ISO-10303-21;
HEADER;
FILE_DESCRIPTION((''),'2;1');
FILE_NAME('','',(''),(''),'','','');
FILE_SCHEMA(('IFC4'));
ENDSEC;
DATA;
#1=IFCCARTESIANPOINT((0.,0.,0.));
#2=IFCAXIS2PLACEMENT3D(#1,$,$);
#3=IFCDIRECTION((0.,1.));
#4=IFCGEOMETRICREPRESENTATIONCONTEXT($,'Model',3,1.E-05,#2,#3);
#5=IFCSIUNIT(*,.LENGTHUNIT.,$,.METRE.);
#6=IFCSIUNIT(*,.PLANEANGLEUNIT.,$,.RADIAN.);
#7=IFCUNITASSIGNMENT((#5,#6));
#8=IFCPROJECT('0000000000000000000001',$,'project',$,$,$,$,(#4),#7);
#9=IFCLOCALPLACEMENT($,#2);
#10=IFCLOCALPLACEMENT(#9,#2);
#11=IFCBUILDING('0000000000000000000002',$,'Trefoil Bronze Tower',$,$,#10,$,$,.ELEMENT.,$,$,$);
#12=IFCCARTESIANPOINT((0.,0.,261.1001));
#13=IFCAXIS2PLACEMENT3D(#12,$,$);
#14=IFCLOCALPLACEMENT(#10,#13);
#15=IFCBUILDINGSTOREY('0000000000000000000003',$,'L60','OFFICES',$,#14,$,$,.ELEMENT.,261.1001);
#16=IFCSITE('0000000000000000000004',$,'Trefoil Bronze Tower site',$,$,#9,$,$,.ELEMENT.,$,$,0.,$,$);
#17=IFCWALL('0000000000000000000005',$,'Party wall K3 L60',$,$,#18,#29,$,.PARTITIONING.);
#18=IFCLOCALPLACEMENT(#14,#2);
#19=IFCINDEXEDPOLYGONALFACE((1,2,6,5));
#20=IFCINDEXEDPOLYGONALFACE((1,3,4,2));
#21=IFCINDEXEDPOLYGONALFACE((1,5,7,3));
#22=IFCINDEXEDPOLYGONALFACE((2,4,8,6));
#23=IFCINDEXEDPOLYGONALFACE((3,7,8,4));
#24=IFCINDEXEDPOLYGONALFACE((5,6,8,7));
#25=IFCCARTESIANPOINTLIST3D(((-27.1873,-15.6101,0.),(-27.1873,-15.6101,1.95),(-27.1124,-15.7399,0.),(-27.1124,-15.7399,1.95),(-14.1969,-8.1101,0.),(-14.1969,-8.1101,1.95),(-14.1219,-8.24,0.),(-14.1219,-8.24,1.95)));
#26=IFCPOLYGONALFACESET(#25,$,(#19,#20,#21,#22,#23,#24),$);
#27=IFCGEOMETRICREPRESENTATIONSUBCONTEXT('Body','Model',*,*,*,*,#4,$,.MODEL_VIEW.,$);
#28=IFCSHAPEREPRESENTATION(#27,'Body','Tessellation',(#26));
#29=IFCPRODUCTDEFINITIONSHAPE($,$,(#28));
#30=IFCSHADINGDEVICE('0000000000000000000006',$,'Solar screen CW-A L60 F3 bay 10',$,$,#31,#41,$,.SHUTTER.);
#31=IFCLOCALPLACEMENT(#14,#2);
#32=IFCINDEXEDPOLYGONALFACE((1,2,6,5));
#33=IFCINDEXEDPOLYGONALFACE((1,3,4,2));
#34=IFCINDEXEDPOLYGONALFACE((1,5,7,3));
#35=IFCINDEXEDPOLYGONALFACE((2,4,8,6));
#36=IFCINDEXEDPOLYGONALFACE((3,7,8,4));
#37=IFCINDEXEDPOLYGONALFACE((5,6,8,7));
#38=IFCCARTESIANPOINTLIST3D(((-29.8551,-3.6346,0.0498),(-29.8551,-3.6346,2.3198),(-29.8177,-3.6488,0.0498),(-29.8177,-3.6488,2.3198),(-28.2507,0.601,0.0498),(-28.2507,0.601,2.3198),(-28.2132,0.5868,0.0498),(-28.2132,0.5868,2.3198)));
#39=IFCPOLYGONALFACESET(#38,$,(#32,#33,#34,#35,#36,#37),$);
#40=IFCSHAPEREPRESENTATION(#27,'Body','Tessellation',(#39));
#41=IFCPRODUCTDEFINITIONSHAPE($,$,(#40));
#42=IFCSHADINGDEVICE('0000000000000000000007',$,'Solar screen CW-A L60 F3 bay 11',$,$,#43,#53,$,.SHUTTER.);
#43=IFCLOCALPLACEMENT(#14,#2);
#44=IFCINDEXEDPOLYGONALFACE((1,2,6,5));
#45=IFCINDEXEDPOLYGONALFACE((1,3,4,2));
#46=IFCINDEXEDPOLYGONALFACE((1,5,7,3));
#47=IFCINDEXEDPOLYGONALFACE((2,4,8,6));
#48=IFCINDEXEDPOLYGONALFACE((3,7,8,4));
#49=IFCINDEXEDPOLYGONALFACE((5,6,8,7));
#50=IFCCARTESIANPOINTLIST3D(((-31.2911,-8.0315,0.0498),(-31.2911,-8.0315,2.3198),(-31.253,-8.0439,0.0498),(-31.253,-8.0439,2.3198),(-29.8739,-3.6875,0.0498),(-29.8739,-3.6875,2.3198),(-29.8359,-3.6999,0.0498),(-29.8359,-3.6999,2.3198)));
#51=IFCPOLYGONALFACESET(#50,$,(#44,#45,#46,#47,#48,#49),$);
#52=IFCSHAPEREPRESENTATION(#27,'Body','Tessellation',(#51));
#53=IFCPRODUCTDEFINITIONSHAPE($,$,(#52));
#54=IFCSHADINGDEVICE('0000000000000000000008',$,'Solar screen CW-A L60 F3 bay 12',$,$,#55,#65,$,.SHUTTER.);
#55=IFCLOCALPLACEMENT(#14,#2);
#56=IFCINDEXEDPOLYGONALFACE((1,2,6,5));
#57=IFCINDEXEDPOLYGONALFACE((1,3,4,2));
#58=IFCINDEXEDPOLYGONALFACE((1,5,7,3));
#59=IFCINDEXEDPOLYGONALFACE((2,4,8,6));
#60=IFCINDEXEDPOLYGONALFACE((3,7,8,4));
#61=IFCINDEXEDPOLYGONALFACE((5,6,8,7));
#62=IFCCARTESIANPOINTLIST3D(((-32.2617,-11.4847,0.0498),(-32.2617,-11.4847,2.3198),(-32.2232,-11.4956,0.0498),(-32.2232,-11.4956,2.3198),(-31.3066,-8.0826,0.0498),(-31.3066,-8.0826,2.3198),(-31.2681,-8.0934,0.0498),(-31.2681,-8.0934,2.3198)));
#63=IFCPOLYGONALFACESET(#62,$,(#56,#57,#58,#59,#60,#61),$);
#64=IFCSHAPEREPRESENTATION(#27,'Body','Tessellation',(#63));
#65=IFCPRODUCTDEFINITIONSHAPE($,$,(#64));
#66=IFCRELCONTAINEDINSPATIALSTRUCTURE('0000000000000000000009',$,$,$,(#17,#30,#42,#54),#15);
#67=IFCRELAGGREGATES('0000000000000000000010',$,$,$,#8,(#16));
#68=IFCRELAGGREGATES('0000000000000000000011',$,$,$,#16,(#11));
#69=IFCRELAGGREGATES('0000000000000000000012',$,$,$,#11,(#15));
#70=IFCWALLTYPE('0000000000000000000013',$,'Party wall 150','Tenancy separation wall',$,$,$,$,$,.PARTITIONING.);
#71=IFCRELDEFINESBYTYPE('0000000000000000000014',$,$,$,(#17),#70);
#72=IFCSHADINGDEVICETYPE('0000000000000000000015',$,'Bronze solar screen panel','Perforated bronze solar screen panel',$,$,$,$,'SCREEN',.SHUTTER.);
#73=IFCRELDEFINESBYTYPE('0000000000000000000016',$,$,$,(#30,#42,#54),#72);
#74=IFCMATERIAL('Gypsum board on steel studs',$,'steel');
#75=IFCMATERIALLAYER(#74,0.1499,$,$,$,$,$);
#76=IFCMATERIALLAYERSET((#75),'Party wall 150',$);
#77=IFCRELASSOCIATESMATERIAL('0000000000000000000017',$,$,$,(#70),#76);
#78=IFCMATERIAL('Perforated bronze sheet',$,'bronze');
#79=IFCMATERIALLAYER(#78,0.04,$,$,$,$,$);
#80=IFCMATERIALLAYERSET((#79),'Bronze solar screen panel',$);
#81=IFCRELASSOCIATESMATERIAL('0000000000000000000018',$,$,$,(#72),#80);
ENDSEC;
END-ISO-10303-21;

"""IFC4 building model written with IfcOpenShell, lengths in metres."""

from ifc_helpers import new_model, si_unit, direction, frame, frame_2d, origin, origin_2d, place, context, subcontext, project, spatial, rectangle, extrude, material, layer, layer_set, type_object, element, save


model = new_model("IFC4")

# Units and contexts
model_context = context("Model", 3, precision=1e-05, world=origin(), true_north=direction((0.0, 1.0)))
body_context = subcontext(model_context, "Body", "Model", "MODEL_VIEW")
ifc_project = project(units=[si_unit("LENGTHUNIT", "METRE"), si_unit("PLANEANGLEUNIT", "RADIAN")], contexts=[model_context])

# Site, building, storey
site_placement = place(None, origin())
site = spatial("IfcSite", under=ifc_project, at=site_placement, Name="Trefoil Bronze Tower site", CompositionType="ELEMENT", RefElevation=0.0)
building_placement = place(site_placement, origin())
building = spatial("IfcBuilding", under=site, at=building_placement, Name="Trefoil Bronze Tower", CompositionType="ELEMENT")
storey_placement = place(building_placement, frame((0.0, 0.0, 261.1001)))
storey = spatial("IfcBuildingStorey", under=building, at=storey_placement, Name="L60", Description="OFFICES", CompositionType="ELEMENT", Elevation=261.1001)

# Wall
ifc_material_1 = material(Name="Gypsum board on steel studs", Category="steel")
ifc_layer_1 = layer(ifc_material_1, 0.1499)
ifc_layer_set_1 = layer_set([ifc_layer_1], Name="Party wall 150")
wall_type_1 = type_object("IfcWallType", Name="Party wall 150", Description="Tenancy separation wall", PredefinedType="PARTITIONING", material=ifc_layer_set_1)
wall_1_placement = place(storey_placement, frame((-14.1594, -8.175, 0.0), z_axis=(0.0, 0.0, 1.0), x_axis=(-0.866027, -0.499997, 0.0)))
element("IfcWall", 1, at=wall_1_placement, inside=storey, type_object=wall_type_1, Name="Party wall K3 L60", PredefinedType="PARTITIONING", context=body_context, shape_type="SweptSolid", body=[
    extrude(rectangle(XDim=15.0, YDim=0.1499, at=frame_2d((7.5, 0.0))), origin(), (0.0, 0.0, 1.0), 1.95),
])

# Shading devices
ifc_material_2 = material(Name="Perforated bronze sheet", Category="bronze")
ifc_layer_2 = layer(ifc_material_2, 0.04)
ifc_layer_set_2 = layer_set([ifc_layer_2], Name="Bronze solar screen panel")
shading_device_type = type_object("IfcShadingDeviceType", Name="Bronze solar screen panel", Description="Perforated bronze solar screen panel", ElementType="SCREEN", PredefinedType="SHUTTER", material=ifc_layer_set_2)
shading_device_1_placement = place(storey_placement, frame((-29.0342, -1.5239, 0.0498), z_axis=(0.0, 0.0, 1.0), x_axis=(-0.354234, -0.935157, 0.0)))
element("IfcShadingDevice", 2, at=shading_device_1_placement, inside=storey, type_object=shading_device_type, Name="Solar screen CW-A L60 F3 bay 10", PredefinedType="SHUTTER", context=body_context, shape_type="SweptSolid", body=[
    extrude(rectangle(XDim=4.5293, YDim=0.04, at=origin_2d()), origin(), (0.0, 0.0, 1.0), 2.27),
])
shading_device_2_placement = place(storey_placement, frame((-30.5635, -5.8657, 0.0498), z_axis=(0.0, 0.0, 1.0), x_axis=(-0.310149, -0.950688, 0.0)))
element("IfcShadingDevice", 3, at=shading_device_2_placement, inside=storey, type_object=shading_device_type, Name="Solar screen CW-A L60 F3 bay 11", PredefinedType="SHUTTER", context=body_context, shape_type="SweptSolid", body=[
    extrude(rectangle(XDim=4.5693, YDim=0.04, at=origin_2d()), origin(), (0.0, 0.0, 1.0), 2.27),
])
shading_device_3_placement = place(storey_placement, frame((-31.7649, -9.7891, 0.0498), z_axis=(0.0, 0.0, 1.0), x_axis=(-0.270282, -0.962781, 0.0)))
element("IfcShadingDevice", 4, at=shading_device_3_placement, inside=storey, type_object=shading_device_type, Name="Solar screen CW-A L60 F3 bay 12", PredefinedType="SHUTTER", context=body_context, shape_type="SweptSolid", body=[
    extrude(rectangle(XDim=3.5337, YDim=0.04, at=origin_2d()), origin(), (0.0, 0.0, 1.0), 2.27),
])

save(model, "model.ifc")
